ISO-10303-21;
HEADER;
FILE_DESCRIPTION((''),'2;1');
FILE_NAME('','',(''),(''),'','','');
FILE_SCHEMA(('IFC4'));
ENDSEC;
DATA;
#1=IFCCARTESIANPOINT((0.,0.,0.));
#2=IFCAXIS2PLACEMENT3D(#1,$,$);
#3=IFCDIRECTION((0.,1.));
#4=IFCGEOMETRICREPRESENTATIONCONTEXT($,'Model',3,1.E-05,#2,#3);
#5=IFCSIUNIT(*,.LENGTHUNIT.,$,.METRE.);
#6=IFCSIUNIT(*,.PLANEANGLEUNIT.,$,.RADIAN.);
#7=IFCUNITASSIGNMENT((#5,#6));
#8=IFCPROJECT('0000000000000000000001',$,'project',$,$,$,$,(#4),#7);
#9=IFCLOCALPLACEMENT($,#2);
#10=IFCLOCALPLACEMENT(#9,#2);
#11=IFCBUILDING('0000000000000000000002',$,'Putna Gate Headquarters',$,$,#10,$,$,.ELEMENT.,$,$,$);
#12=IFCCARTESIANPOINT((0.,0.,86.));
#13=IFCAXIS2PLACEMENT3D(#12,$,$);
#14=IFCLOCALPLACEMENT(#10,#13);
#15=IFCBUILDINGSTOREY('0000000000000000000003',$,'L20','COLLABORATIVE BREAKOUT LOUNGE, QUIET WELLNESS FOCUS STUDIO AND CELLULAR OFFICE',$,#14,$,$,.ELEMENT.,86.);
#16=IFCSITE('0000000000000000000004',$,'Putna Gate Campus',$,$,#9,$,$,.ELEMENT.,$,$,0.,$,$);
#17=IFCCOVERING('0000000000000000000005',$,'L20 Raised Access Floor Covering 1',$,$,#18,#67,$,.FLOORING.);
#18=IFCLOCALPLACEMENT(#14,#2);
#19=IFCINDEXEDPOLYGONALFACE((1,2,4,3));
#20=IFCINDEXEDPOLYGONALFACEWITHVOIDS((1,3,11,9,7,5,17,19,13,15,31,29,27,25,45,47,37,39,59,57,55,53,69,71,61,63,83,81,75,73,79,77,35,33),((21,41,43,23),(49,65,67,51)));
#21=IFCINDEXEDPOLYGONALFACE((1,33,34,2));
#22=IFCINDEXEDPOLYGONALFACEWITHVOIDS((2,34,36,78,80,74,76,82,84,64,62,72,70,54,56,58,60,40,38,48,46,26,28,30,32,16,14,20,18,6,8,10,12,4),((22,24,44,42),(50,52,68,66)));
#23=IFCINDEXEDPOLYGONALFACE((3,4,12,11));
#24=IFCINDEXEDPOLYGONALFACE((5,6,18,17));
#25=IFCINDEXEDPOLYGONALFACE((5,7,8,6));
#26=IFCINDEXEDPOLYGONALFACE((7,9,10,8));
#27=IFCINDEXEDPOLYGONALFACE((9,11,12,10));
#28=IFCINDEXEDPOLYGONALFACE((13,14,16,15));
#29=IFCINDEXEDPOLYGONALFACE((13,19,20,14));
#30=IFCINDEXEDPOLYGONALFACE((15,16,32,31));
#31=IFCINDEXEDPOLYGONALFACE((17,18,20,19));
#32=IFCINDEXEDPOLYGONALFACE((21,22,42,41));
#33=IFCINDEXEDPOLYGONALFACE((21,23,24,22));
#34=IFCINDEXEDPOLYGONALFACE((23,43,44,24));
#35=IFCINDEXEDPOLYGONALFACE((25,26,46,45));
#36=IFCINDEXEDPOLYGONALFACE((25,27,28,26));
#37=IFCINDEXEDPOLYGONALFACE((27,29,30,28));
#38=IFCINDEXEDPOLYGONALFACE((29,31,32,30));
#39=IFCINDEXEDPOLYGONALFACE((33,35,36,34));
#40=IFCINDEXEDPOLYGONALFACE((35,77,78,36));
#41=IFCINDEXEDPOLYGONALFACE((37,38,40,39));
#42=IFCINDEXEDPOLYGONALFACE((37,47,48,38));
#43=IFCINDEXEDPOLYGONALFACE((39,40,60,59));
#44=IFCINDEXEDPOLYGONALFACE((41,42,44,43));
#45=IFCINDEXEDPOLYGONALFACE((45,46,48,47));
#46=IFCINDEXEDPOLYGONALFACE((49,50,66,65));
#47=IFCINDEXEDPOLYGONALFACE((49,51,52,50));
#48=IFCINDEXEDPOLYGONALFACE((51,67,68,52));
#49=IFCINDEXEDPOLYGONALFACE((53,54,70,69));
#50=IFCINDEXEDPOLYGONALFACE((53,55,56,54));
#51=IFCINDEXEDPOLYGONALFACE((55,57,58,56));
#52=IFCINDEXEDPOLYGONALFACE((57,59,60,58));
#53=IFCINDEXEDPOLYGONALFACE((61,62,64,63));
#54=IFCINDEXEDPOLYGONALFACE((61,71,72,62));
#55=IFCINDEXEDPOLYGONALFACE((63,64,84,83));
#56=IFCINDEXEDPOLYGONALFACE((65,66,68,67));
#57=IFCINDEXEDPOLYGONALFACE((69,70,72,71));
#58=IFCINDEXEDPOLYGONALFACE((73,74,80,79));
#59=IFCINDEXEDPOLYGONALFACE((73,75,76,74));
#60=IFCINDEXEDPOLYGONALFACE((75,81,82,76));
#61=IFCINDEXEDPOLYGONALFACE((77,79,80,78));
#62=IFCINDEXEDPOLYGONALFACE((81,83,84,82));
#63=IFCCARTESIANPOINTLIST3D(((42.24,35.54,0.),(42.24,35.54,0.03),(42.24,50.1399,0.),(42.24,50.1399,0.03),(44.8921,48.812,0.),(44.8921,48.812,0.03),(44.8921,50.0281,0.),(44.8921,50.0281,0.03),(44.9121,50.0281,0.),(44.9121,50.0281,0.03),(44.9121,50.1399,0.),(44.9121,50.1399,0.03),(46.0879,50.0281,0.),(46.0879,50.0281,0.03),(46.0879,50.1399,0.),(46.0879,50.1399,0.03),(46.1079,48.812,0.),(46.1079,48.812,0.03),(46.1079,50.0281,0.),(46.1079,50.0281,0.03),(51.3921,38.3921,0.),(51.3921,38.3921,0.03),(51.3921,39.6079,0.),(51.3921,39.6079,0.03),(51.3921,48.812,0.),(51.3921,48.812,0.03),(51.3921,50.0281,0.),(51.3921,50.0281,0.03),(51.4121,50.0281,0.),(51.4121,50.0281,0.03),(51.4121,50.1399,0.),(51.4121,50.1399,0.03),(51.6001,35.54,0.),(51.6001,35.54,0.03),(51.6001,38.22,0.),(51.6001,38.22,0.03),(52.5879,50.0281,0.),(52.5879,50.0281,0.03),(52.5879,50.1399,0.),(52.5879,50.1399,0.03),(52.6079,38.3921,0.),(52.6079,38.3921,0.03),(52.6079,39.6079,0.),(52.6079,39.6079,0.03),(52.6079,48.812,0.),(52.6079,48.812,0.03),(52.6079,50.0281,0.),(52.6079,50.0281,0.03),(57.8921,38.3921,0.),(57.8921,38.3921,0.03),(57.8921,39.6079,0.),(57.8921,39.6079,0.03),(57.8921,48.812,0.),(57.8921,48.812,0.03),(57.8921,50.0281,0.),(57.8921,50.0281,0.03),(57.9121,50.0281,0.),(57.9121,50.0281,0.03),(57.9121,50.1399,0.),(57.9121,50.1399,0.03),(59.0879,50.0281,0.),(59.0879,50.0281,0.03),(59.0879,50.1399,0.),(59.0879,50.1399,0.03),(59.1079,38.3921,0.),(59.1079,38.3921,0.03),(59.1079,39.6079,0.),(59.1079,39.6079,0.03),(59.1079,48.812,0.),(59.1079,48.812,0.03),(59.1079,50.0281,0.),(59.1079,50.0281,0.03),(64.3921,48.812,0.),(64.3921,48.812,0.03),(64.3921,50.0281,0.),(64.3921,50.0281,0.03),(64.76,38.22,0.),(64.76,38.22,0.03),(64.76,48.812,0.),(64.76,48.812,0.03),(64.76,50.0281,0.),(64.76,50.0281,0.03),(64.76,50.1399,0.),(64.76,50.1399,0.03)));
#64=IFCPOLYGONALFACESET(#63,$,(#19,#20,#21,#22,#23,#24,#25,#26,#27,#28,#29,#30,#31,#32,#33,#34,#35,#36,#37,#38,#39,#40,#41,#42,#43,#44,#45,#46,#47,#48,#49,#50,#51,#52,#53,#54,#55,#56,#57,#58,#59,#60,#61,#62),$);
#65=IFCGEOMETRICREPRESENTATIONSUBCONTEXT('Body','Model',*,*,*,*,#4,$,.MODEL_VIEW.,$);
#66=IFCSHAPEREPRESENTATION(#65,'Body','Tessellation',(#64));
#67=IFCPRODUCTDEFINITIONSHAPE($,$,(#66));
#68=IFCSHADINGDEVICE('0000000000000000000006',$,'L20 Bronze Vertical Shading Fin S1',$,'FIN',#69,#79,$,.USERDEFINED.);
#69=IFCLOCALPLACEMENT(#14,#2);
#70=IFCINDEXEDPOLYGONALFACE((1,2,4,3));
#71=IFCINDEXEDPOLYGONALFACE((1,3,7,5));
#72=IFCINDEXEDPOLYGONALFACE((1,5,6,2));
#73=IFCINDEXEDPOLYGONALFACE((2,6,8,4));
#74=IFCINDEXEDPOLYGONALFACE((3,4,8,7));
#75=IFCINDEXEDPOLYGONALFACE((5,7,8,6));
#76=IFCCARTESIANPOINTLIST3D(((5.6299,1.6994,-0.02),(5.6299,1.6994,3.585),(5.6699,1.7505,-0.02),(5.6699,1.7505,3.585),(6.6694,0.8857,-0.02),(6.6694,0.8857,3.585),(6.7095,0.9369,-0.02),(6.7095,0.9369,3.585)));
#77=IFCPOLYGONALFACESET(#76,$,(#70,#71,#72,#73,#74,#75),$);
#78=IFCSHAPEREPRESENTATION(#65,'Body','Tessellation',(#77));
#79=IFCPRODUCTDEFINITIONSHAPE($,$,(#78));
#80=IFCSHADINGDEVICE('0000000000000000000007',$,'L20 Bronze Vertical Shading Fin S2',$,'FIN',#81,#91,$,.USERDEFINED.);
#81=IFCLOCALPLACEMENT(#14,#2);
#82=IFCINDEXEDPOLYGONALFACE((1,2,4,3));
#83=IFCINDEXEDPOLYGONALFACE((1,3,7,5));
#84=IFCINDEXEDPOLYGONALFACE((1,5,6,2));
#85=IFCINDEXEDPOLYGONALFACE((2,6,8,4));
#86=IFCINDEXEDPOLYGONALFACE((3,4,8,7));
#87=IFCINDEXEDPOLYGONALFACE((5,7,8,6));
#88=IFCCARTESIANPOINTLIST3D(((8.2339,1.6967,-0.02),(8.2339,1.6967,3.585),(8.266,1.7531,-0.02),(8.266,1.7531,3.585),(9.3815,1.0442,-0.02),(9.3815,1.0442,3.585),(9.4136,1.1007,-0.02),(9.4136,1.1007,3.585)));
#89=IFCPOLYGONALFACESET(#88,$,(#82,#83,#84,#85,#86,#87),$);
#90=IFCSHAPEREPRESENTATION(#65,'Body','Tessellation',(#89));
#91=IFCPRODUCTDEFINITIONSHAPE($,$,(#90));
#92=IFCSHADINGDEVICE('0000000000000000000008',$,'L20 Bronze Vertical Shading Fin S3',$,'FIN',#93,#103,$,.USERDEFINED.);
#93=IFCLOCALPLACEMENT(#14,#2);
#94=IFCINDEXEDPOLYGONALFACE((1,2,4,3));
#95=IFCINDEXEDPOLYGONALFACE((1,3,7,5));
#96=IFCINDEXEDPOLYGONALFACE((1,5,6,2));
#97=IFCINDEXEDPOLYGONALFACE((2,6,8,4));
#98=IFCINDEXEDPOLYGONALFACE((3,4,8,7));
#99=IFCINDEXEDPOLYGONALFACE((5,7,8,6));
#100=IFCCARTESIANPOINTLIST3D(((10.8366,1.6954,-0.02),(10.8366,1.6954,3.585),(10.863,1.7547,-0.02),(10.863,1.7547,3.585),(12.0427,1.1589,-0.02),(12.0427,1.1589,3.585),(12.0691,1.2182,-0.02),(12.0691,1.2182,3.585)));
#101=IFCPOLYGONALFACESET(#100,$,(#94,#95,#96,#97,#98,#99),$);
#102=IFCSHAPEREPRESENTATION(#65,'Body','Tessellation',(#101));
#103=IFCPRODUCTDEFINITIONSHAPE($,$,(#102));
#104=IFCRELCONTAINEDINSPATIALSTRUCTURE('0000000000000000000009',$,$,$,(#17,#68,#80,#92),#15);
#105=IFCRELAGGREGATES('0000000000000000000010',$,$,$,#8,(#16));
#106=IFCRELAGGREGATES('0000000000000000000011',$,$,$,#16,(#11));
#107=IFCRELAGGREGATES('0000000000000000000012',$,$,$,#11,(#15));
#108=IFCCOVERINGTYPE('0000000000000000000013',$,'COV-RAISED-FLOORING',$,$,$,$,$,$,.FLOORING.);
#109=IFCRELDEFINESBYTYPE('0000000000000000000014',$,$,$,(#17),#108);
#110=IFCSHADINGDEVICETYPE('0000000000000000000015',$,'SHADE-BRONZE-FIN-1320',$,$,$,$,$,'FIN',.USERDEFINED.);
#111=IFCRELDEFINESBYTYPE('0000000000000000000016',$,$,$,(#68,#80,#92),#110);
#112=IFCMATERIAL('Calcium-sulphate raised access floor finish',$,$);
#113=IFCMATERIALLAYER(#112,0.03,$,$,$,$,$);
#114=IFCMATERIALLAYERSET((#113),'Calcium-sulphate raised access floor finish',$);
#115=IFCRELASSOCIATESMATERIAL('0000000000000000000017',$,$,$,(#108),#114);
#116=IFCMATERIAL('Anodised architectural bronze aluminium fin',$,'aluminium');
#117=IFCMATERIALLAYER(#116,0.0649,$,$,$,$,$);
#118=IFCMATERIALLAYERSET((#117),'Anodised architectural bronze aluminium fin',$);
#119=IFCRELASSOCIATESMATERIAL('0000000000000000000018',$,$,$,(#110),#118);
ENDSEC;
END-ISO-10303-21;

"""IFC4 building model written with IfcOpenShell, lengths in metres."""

from ifc_helpers import new_model, si_unit, direction, frame, origin, origin_2d, place, context, subcontext, project, spatial, polyline, rectangle, outline, extrude, material, layer, layer_set, type_object, element, save


model = new_model("IFC4")

# Units and contexts
model_context = context("Model", 3, precision=1e-05, world=origin(), true_north=direction((0.0, 1.0)))
body_context = subcontext(model_context, "Body", "Model", "MODEL_VIEW")
ifc_project = project(units=[si_unit("LENGTHUNIT", "METRE"), si_unit("PLANEANGLEUNIT", "RADIAN")], contexts=[model_context])

# Site, building, storey
site_placement = place(None, origin())
site = spatial("IfcSite", under=ifc_project, at=site_placement, Name="Putna Gate Campus", CompositionType="ELEMENT", RefElevation=0.0)
building_placement = place(site_placement, origin())
building = spatial("IfcBuilding", under=site, at=building_placement, Name="Putna Gate Headquarters", CompositionType="ELEMENT")
storey_placement = place(building_placement, frame((0.0, 0.0, 86.0)))
storey = spatial("IfcBuildingStorey", under=building, at=storey_placement, Name="L20", Description="COLLABORATIVE BREAKOUT LOUNGE, QUIET WELLNESS FOCUS STUDIO AND CELLULAR OFFICE", CompositionType="ELEMENT", Elevation=86.0)

# Covering
ifc_material_1 = material(Name="Calcium-sulphate raised access floor finish")
ifc_layer_1 = layer(ifc_material_1, 0.03)
ifc_layer_set_1 = layer_set([ifc_layer_1], Name="Calcium-sulphate raised access floor finish")
covering_type_1 = type_object("IfcCoveringType", Name="COV-RAISED-FLOORING", PredefinedType="FLOORING", material=ifc_layer_set_1)
covering_1_placement = place(storey_placement, origin())
element("IfcCovering", 1, at=covering_1_placement, inside=storey, type_object=covering_type_1, Name="L20 Raised Access Floor Covering 1", PredefinedType="FLOORING", context=body_context, shape_type="SweptSolid", body=[
    extrude(outline(polyline([(51.4121, 50.0281), (51.4121, 50.1399), (46.0879, 50.1399), (46.0879, 50.0281), (46.1079, 50.0281), (46.1079, 48.812), (44.8921, 48.812), (44.8921, 50.0281), (44.9121, 50.0281), (44.9121, 50.1399), (42.24, 50.1399), (42.24, 35.54), (51.6001, 35.54), (51.6001, 38.22), (64.76, 38.22), (64.76, 48.812), (64.3921, 48.812), (64.3921, 50.0281), (64.76, 50.0281), (64.76, 50.1399), (59.0879, 50.1399), (59.0879, 50.0281), (59.1079, 50.0281), (59.1079, 48.812), (57.8921, 48.812), (57.8921, 50.0281), (57.9121, 50.0281), (57.9121, 50.1399), (52.5879, 50.1399), (52.5879, 50.0281), (52.6079, 50.0281), (52.6079, 48.812), (51.3921, 48.812), (51.3921, 50.0281), (51.4121, 50.0281)]), holes=[polyline([(59.1079, 38.3921), (59.1079, 39.6079), (57.8921, 39.6079), (57.8921, 38.3921), (59.1079, 38.3921)]), polyline([(52.6079, 38.3921), (52.6079, 39.6079), (51.3921, 39.6079), (51.3921, 38.3921), (52.6079, 38.3921)])]), origin(), (0.0, 0.0, 1.0), 0.03),
])

# Shading devices
ifc_material_2 = material(Name="Anodised architectural bronze aluminium fin", Category="aluminium")
ifc_layer_2 = layer(ifc_material_2, 0.0649)
ifc_layer_set_2 = layer_set([ifc_layer_2], Name="Anodised architectural bronze aluminium fin")
shading_device_type = type_object("IfcShadingDeviceType", Name="SHADE-BRONZE-FIN-1320", ElementType="FIN", PredefinedType="USERDEFINED", material=ifc_layer_set_2)
for number, where, z_axis, x_axis, name in (
    (2, (6.1697, 1.3181, -0.02), (0.0, 0.0, 1.0), (0.787473, -0.616349, 0.0), "L20 Bronze Vertical Shading Fin S1"),
    (3, (8.8237, 1.3987, -0.02), (0.0, 0.0, 1.0), (0.869322, -0.494245, 0.0), "L20 Bronze Vertical Shading Fin S2"),
    (4, (11.4529, 1.4568, -0.02), (0.0, 0.0, 1.0), (0.913687, -0.406418, 0.0), "L20 Bronze Vertical Shading Fin S3"),
):
    element("IfcShadingDevice", number, at=place(storey_placement, frame(where, z_axis=z_axis, x_axis=x_axis)), inside=storey, type_object=shading_device_type, Name=name, ObjectType="FIN", PredefinedType="USERDEFINED", context=body_context, shape_type="SweptSolid", body=[
        extrude(rectangle(XDim=1.3201, YDim=0.0649, at=origin_2d()), origin(), (0.0, 0.0, 1.0), 3.605),
    ])

save(model, "model.ifc")
